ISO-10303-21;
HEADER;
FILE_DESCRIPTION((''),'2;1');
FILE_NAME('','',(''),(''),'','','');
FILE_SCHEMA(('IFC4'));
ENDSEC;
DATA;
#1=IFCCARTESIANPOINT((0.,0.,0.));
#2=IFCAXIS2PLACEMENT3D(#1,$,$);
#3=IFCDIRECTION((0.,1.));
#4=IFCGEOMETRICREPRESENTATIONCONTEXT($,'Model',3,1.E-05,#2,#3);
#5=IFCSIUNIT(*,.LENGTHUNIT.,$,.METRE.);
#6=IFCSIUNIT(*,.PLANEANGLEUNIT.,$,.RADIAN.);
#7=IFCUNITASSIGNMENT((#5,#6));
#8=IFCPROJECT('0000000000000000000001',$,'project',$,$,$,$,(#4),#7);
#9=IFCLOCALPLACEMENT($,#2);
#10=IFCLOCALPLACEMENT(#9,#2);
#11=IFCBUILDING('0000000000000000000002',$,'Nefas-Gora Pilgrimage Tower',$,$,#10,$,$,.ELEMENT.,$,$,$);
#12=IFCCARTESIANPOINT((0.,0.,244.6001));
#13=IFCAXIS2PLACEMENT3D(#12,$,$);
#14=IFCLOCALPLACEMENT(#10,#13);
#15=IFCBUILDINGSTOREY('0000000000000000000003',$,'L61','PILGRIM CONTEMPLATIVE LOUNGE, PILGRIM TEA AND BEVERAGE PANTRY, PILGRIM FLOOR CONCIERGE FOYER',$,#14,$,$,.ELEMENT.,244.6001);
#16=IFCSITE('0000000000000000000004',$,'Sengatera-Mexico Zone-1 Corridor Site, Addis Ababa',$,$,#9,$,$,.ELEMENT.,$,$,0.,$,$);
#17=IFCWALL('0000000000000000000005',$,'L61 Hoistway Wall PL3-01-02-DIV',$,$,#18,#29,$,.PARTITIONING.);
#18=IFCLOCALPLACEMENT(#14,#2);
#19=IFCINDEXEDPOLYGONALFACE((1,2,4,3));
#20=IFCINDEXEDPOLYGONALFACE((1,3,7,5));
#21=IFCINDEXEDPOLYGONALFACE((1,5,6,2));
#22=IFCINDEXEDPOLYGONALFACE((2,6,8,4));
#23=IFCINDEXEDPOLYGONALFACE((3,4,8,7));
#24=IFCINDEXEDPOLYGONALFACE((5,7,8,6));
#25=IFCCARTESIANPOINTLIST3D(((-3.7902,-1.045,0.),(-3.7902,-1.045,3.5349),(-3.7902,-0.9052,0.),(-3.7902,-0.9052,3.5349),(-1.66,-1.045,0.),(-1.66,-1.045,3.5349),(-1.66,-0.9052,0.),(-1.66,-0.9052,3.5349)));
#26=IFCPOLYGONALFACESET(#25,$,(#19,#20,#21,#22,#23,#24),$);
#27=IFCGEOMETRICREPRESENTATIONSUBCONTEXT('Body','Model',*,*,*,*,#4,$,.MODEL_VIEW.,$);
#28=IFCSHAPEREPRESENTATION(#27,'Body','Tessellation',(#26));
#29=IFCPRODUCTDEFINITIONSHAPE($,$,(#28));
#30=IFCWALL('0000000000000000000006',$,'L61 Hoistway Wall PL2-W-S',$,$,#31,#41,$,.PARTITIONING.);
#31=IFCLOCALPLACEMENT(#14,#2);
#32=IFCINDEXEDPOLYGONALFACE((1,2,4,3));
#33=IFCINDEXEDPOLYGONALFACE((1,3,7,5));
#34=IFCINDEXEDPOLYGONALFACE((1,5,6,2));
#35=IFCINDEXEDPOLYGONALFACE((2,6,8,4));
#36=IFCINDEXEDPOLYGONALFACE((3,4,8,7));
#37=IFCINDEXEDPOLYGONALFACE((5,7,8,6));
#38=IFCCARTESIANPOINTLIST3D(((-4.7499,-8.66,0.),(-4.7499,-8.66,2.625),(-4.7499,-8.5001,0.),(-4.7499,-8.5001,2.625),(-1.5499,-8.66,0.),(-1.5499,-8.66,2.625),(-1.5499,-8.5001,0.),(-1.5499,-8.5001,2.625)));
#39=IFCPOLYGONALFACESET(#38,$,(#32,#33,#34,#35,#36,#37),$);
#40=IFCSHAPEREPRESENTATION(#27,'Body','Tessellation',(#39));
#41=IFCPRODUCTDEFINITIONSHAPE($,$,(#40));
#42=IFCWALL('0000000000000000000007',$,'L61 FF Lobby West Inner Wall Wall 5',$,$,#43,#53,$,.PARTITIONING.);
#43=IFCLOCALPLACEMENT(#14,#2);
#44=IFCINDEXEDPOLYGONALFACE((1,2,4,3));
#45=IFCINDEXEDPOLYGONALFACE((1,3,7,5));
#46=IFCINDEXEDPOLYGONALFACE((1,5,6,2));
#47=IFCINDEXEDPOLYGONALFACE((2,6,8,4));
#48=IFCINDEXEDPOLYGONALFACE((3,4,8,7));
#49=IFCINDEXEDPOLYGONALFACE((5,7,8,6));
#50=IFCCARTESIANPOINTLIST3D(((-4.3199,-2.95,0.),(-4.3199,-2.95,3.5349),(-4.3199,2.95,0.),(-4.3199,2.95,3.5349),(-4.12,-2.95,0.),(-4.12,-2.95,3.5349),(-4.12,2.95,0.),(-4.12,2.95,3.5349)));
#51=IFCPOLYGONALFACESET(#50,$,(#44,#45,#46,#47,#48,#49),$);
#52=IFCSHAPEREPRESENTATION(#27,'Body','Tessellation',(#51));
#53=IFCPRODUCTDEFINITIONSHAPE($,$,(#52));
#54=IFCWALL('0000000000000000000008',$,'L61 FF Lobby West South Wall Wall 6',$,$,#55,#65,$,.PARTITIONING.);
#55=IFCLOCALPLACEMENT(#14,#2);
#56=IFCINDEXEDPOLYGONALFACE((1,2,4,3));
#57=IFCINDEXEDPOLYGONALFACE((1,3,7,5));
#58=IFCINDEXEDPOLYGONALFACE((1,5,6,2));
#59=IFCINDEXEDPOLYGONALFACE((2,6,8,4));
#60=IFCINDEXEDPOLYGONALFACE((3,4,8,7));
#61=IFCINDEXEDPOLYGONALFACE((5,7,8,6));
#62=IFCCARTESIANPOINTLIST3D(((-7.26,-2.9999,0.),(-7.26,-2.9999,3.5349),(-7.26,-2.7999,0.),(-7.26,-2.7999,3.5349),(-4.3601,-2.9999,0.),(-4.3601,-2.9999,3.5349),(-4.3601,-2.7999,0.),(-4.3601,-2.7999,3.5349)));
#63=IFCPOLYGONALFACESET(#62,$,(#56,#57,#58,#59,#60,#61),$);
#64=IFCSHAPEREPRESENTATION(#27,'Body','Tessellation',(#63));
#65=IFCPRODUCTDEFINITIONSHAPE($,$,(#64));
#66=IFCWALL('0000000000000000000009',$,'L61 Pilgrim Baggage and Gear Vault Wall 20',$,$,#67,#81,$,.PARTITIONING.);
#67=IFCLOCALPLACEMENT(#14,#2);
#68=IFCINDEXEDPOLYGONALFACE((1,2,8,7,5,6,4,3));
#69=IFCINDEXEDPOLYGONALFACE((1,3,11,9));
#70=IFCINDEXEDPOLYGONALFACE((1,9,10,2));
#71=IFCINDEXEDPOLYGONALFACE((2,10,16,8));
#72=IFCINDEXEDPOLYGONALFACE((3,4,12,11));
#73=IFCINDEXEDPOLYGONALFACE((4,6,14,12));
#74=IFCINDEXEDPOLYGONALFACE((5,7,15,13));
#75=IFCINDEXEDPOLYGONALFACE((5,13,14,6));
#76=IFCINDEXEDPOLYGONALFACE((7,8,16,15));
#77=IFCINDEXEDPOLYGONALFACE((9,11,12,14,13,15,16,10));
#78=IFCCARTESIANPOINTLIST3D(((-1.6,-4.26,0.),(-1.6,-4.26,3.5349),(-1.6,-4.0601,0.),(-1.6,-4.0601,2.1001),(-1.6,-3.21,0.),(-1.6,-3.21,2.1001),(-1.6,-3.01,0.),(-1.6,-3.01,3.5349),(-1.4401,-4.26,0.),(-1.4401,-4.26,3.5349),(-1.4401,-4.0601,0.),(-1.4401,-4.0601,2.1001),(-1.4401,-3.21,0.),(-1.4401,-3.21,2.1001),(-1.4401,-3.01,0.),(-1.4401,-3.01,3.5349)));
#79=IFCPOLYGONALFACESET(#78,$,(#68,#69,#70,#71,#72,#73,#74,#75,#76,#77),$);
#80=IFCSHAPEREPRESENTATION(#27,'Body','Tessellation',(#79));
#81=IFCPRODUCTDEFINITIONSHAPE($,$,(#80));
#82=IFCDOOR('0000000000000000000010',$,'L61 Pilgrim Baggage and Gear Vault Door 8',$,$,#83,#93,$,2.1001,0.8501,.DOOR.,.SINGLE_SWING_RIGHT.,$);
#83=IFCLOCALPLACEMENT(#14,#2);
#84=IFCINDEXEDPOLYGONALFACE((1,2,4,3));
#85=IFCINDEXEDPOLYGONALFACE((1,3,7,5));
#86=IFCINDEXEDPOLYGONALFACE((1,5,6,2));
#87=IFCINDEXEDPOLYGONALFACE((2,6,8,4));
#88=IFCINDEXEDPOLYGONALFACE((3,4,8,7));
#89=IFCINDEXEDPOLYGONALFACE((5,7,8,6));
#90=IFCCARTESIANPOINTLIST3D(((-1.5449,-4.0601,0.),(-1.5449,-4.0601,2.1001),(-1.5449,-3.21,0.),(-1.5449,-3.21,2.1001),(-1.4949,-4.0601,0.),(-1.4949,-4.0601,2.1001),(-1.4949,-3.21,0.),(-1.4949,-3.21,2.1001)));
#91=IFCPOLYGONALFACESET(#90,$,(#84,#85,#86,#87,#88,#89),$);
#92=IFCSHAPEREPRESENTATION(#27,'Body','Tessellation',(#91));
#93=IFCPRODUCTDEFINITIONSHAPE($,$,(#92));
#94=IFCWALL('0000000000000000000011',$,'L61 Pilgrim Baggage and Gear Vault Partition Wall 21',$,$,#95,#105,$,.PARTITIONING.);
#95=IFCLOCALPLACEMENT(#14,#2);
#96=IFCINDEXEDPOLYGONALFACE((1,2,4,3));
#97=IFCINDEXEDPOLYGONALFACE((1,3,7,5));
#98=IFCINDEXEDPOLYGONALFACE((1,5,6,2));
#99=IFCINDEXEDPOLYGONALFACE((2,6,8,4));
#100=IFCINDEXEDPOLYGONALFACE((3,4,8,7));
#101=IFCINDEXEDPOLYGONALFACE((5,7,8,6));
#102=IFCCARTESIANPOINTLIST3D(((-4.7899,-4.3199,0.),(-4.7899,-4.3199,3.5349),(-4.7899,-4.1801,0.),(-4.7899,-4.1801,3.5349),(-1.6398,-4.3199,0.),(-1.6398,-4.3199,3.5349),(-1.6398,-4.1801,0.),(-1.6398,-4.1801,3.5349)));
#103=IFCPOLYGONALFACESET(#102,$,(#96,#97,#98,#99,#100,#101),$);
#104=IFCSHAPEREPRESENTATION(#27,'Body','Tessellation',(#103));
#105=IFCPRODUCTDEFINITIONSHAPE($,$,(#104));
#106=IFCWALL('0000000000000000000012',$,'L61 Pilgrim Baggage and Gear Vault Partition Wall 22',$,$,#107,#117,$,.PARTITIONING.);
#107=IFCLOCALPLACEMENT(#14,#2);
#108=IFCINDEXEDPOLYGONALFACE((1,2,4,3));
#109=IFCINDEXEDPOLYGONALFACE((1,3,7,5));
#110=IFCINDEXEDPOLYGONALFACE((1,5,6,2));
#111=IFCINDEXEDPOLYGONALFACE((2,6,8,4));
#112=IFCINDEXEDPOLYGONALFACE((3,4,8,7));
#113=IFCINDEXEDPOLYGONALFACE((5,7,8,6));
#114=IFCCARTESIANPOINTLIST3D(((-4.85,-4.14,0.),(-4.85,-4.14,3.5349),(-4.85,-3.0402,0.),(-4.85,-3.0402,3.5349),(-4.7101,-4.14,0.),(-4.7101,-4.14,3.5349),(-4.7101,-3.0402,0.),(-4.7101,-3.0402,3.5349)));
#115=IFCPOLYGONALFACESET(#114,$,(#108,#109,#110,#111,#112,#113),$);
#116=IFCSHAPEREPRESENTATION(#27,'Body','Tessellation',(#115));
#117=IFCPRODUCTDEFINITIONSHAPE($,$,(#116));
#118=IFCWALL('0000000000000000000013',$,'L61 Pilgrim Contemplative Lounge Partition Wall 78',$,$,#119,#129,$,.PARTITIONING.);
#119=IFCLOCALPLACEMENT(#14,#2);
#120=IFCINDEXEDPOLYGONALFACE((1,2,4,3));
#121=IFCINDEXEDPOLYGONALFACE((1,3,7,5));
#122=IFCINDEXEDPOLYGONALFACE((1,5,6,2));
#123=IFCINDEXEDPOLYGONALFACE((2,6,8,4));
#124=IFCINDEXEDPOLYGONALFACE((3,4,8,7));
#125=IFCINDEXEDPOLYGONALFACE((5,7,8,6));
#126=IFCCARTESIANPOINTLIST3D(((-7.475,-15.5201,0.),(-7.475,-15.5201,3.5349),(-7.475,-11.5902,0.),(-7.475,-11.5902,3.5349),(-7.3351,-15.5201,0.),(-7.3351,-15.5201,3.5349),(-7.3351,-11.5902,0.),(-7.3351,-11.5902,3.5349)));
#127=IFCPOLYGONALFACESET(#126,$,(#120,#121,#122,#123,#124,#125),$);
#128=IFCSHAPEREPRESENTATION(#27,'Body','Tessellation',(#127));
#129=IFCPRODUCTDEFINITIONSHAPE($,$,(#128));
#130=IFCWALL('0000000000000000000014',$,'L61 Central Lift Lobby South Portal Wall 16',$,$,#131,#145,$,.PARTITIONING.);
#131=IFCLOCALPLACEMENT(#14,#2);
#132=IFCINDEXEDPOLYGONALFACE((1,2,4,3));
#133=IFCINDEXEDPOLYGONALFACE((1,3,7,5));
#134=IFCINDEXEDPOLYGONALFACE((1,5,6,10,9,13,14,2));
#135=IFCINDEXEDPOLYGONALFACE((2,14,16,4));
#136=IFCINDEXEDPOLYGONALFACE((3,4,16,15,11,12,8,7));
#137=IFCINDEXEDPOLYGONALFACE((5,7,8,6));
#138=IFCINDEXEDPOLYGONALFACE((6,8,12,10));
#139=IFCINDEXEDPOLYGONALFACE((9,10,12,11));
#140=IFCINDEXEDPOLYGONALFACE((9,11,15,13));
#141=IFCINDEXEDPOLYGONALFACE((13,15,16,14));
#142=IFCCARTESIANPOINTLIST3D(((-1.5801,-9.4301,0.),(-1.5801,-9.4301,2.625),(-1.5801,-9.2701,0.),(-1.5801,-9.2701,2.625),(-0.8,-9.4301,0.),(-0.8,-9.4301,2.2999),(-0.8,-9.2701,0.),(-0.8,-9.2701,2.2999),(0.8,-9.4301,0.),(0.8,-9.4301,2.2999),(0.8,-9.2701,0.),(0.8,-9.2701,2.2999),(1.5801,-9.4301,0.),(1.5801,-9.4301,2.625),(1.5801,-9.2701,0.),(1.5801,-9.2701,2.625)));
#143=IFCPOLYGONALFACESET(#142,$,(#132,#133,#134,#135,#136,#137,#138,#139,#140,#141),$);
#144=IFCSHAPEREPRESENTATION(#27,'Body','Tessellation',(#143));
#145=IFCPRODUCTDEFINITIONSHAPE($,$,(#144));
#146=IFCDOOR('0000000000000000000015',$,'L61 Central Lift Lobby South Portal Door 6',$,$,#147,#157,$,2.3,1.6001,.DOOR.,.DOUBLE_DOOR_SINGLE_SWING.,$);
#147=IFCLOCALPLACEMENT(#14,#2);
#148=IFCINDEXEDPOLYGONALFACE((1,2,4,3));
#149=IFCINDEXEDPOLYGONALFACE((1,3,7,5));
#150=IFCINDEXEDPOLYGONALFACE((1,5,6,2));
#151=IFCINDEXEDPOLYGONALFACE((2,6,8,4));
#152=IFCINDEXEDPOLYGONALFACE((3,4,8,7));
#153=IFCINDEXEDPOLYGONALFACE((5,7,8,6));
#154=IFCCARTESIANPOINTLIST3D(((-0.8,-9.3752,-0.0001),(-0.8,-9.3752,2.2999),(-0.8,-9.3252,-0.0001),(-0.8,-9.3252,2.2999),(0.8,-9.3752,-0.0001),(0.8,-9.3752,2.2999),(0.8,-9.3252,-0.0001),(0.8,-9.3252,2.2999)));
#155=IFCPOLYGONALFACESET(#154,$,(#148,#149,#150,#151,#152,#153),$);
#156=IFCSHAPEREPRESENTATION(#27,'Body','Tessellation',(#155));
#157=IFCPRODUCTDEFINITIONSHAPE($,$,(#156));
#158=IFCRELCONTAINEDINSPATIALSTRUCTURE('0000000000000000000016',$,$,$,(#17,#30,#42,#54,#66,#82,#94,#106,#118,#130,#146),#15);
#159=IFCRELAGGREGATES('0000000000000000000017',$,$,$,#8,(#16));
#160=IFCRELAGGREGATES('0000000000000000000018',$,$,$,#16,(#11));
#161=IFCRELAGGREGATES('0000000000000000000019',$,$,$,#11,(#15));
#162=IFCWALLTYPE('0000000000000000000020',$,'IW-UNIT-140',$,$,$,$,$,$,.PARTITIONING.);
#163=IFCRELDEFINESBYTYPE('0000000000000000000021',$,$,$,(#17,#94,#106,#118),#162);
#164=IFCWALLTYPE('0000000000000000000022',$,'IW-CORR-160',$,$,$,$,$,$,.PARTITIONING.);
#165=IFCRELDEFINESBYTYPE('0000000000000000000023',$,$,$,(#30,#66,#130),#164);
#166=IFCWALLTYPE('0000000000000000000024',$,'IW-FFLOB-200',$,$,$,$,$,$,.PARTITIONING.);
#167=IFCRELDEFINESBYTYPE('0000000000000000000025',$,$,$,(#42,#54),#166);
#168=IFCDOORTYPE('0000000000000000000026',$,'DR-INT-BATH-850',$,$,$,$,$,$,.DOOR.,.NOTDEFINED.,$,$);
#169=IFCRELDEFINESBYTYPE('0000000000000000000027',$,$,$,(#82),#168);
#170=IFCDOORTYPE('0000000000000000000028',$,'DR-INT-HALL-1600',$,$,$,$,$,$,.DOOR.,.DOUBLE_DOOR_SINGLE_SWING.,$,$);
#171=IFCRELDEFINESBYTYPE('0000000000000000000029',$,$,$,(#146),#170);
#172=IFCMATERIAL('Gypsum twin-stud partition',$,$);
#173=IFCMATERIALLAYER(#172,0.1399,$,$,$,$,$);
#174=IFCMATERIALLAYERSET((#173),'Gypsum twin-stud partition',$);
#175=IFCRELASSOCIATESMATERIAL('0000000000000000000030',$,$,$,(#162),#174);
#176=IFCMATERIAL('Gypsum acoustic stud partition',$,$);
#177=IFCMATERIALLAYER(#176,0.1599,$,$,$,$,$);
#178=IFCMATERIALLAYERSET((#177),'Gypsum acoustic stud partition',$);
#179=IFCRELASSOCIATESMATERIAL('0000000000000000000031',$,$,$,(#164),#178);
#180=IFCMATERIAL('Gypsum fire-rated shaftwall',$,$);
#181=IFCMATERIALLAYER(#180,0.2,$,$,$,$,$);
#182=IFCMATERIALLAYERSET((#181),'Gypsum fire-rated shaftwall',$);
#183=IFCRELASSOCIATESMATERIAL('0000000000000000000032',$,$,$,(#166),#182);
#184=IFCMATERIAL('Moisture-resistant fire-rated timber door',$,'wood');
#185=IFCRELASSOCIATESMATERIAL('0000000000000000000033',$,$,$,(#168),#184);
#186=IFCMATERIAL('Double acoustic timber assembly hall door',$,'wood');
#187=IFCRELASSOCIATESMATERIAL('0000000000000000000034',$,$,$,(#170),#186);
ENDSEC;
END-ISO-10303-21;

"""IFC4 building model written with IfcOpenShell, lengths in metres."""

from ifc_helpers import new_model, si_unit, direction, frame, frame_2d, origin, place, context, subcontext, project, spatial, rectangle, extrude, source, transform, mapped, material, layer, layer_set, type_object, element, fill, save


model = new_model("IFC4")

# Units and contexts
model_context = context("Model", 3, precision=1e-05, world=origin(), true_north=direction((0.0, 1.0)))
body_context = subcontext(model_context, "Body", "Model", "MODEL_VIEW")
ifc_project = project(units=[si_unit("LENGTHUNIT", "METRE"), si_unit("PLANEANGLEUNIT", "RADIAN")], contexts=[model_context])

# Site, building, storey
site_placement = place(None, origin())
site = spatial("IfcSite", under=ifc_project, at=site_placement, Name="Sengatera-Mexico Zone-1 Corridor Site, Addis Ababa", CompositionType="ELEMENT", RefElevation=0.0)
building_placement = place(site_placement, origin())
building = spatial("IfcBuilding", under=site, at=building_placement, Name="Nefas-Gora Pilgrimage Tower", CompositionType="ELEMENT")
storey_placement = place(building_placement, frame((0.0, 0.0, 244.6001)))
storey = spatial("IfcBuildingStorey", under=building, at=storey_placement, Name="L61", Description="PILGRIM CONTEMPLATIVE LOUNGE, PILGRIM TEA AND BEVERAGE PANTRY, PILGRIM FLOOR CONCIERGE FOYER", CompositionType="ELEMENT", Elevation=244.6001)

# Walls
ifc_material_1 = material(Name="Gypsum twin-stud partition")
ifc_layer_1 = layer(ifc_material_1, 0.1399)
ifc_layer_set_1 = layer_set([ifc_layer_1], Name="Gypsum twin-stud partition")
wall_type_1 = type_object("IfcWallType", Name="IW-UNIT-140", PredefinedType="PARTITIONING", material=ifc_layer_set_1)
shared_shape_1 = source(origin(), body_context, "Body", "SweptSolid", [
    extrude(rectangle(XDim=2.1301, YDim=0.1399, at=frame_2d((1.0649, 0.0))), origin(), (0.0, 0.0, 1.0), 3.5349),
])
wall_1_placement = place(storey_placement, frame((-3.79, -0.9751, 0.0), z_axis=(0.0, 0.0, 1.0), x_axis=(1.0, 0.0, 0.0)))
element("IfcWall", 1, at=wall_1_placement, inside=storey, type_object=wall_type_1, Name="L61 Hoistway Wall PL3-01-02-DIV", PredefinedType="PARTITIONING", context=body_context, shape_type="MappedRepresentation", body=[
    mapped(shared_shape_1, transform((0.0, 0.0, 0.0), x_axis=(1.0, 0.0, 0.0), y_axis=(0.0, 1.0, 0.0), z_axis=(0.0, 0.0, 1.0), scale=1.0)),
])
ifc_material_2 = material(Name="Gypsum acoustic stud partition")
ifc_layer_2 = layer(ifc_material_2, 0.1599)
ifc_layer_set_2 = layer_set([ifc_layer_2], Name="Gypsum acoustic stud partition")
wall_type_2 = type_object("IfcWallType", Name="IW-CORR-160", PredefinedType="PARTITIONING", material=ifc_layer_set_2)
shared_shape_2 = source(origin(), body_context, "Body", "SweptSolid", [
    extrude(rectangle(XDim=3.2, YDim=0.1599, at=frame_2d((1.6001, 0.0))), origin(), (0.0, 0.0, 1.0), 2.625),
])
wall_2_placement = place(storey_placement, frame((-4.75, -8.5801, 0.0), z_axis=(0.0, 0.0, 1.0), x_axis=(1.0, 0.0, 0.0)))
element("IfcWall", 2, at=wall_2_placement, inside=storey, type_object=wall_type_2, Name="L61 Hoistway Wall PL2-W-S", PredefinedType="PARTITIONING", context=body_context, shape_type="MappedRepresentation", body=[
    mapped(shared_shape_2, transform((0.0, 0.0, 0.0), x_axis=(1.0, 0.0, 0.0), y_axis=(0.0, 1.0, 0.0), z_axis=(0.0, 0.0, 1.0), scale=1.0)),
])
ifc_material_3 = material(Name="Gypsum fire-rated shaftwall")
ifc_layer_3 = layer(ifc_material_3, 0.2)
ifc_layer_set_3 = layer_set([ifc_layer_3], Name="Gypsum fire-rated shaftwall")
wall_type_3 = type_object("IfcWallType", Name="IW-FFLOB-200", PredefinedType="PARTITIONING", material=ifc_layer_set_3)
shared_shape_3 = source(origin(), body_context, "Body", "SweptSolid", [
    extrude(rectangle(XDim=5.8999, YDim=0.2, at=frame_2d((2.95, 0.0))), origin(), (0.0, 0.0, 1.0), 3.5349),
])
wall_3_placement = place(storey_placement, frame((-4.22, -2.95, 0.0), z_axis=(0.0, 0.0, 1.0), x_axis=(0.0, 1.0, 0.0)))
element("IfcWall", 3, at=wall_3_placement, inside=storey, type_object=wall_type_3, Name="L61 FF Lobby West Inner Wall Wall 5", PredefinedType="PARTITIONING", context=body_context, shape_type="MappedRepresentation", body=[
    mapped(shared_shape_3, transform((0.0, 0.0, 0.0), x_axis=(1.0, 0.0, 0.0), y_axis=(0.0, 1.0, 0.0), z_axis=(0.0, 0.0, 1.0), scale=1.0)),
])
shared_shape_4 = source(origin(), body_context, "Body", "SweptSolid", [
    extrude(rectangle(XDim=2.8999, YDim=0.2, at=frame_2d((1.45, 0.0))), origin(), (0.0, 0.0, 1.0), 3.5349),
])
wall_4_placement = place(storey_placement, frame((-7.26, -2.8999, 0.0), z_axis=(0.0, 0.0, 1.0), x_axis=(1.0, 0.0, 0.0)))
element("IfcWall", 4, at=wall_4_placement, inside=storey, type_object=wall_type_3, Name="L61 FF Lobby West South Wall Wall 6", PredefinedType="PARTITIONING", context=body_context, shape_type="MappedRepresentation", body=[
    mapped(shared_shape_4, transform((0.0, 0.0, 0.0), x_axis=(1.0, 0.0, 0.0), y_axis=(0.0, 1.0, 0.0), z_axis=(0.0, 0.0, 1.0), scale=1.0)),
])

# Wall, opening, door
shared_shape_5 = source(origin(), body_context, "Body", "SweptSolid", [
    extrude(rectangle(XDim=1.25, YDim=0.1599, at=frame_2d((0.625, 0.0))), origin(), (0.0, 0.0, 1.0), 3.5349),
])
wall_5_placement = place(storey_placement, frame((-1.52, -4.26, 0.0), z_axis=(0.0, 0.0, 1.0), x_axis=(0.0, 1.0, 0.0)))
wall_5 = element("IfcWall", 5, at=wall_5_placement, inside=storey, type_object=wall_type_2, Name="L61 Pilgrim Baggage and Gear Vault Wall 20", PredefinedType="PARTITIONING", context=body_context, shape_type="MappedRepresentation", body=[
    mapped(shared_shape_5, transform((0.0, 0.0, 0.0), x_axis=(1.0, 0.0, 0.0), y_axis=(0.0, 1.0, 0.0), z_axis=(0.0, 0.0, 1.0), scale=1.0)),
])
opening_1_placement = place(wall_5_placement, frame((0.2, 0.0, 0.0)))
opening_1 = element("IfcOpeningElement", 6, at=opening_1_placement, cuts=wall_5, PredefinedType="OPENING", context=body_context, shape_type="SweptSolid", body=[
    extrude(rectangle(XDim=0.8501, YDim=2.1001, at=frame_2d((0.425, 1.05))), frame((0.0, 0.0898, 0.0), z_axis=(0.0, -1.0, 0.0), x_axis=(1.0, 0.0, 0.0)), (0.0, 0.0, 1.0), 0.1799),
])
ifc_material_4 = material(Name="Moisture-resistant fire-rated timber door", Category="wood")
door_type_1 = type_object("IfcDoorType", Name="DR-INT-BATH-850", OperationType="NOTDEFINED", PredefinedType="DOOR", material=ifc_material_4)
shared_shape_6 = source(origin(), body_context, "Body", "SweptSolid", [
    extrude(rectangle(XDim=0.8501, YDim=2.1001, at=frame_2d((0.425, 1.05))), frame((0.0, 0.0249, 0.0), z_axis=(0.0, -1.0, 0.0), x_axis=(1.0, 0.0, 0.0)), (0.0, 0.0, 1.0), 0.05),
])
door_1_placement = place(opening_1_placement, origin())
door_1 = element("IfcDoor", 7, at=door_1_placement, inside=storey, type_object=door_type_1, Name="L61 Pilgrim Baggage and Gear Vault Door 8", OperationType="SINGLE_SWING_RIGHT", OverallHeight=2.1001, OverallWidth=0.8501, PredefinedType="DOOR", context=body_context, shape_type="MappedRepresentation", body=[
    mapped(shared_shape_6, transform((0.0, 0.0, 0.0), x_axis=(1.0, 0.0, 0.0), y_axis=(0.0, 1.0, 0.0), z_axis=(0.0, 0.0, 1.0), scale=1.0)),
])
fill(opening_1, door_1)

# Walls
shared_shape_7 = source(origin(), body_context, "Body", "SweptSolid", [
    extrude(rectangle(XDim=3.1501, YDim=0.1399, at=frame_2d((1.5752, 0.0))), origin(), (0.0, 0.0, 1.0), 3.5349),
])
wall_6_placement = place(storey_placement, frame((-4.79, -4.25, 0.0), z_axis=(0.0, 0.0, 1.0), x_axis=(1.0, 0.0, 0.0)))
element("IfcWall", 8, at=wall_6_placement, inside=storey, type_object=wall_type_1, Name="L61 Pilgrim Baggage and Gear Vault Partition Wall 21", PredefinedType="PARTITIONING", context=body_context, shape_type="MappedRepresentation", body=[
    mapped(shared_shape_7, transform((0.0, 0.0, 0.0), x_axis=(1.0, 0.0, 0.0), y_axis=(0.0, 1.0, 0.0), z_axis=(0.0, 0.0, 1.0), scale=1.0)),
])
shared_shape_8 = source(origin(), body_context, "Body", "SweptSolid", [
    extrude(rectangle(XDim=1.0999, YDim=0.1399, at=frame_2d((0.5498, 0.0))), origin(), (0.0, 0.0, 1.0), 3.5349),
])
wall_7_placement = place(storey_placement, frame((-4.78, -4.1399, 0.0), z_axis=(0.0, 0.0, 1.0), x_axis=(0.0, 1.0, 0.0)))
element("IfcWall", 9, at=wall_7_placement, inside=storey, type_object=wall_type_1, Name="L61 Pilgrim Baggage and Gear Vault Partition Wall 22", PredefinedType="PARTITIONING", context=body_context, shape_type="MappedRepresentation", body=[
    mapped(shared_shape_8, transform((0.0, 0.0, 0.0), x_axis=(1.0, 0.0, 0.0), y_axis=(0.0, 1.0, 0.0), z_axis=(0.0, 0.0, 1.0), scale=1.0)),
])
shared_shape_9 = source(origin(), body_context, "Body", "SweptSolid", [
    extrude(rectangle(XDim=3.9299, YDim=0.1399, at=frame_2d((1.9648, 0.0))), origin(), (0.0, 0.0, 1.0), 3.5349),
])
wall_8_placement = place(storey_placement, frame((-7.405, -15.52, 0.0), z_axis=(0.0, 0.0, 1.0), x_axis=(0.0, 1.0, 0.0)))
element("IfcWall", 10, at=wall_8_placement, inside=storey, type_object=wall_type_1, Name="L61 Pilgrim Contemplative Lounge Partition Wall 78", PredefinedType="PARTITIONING", context=body_context, shape_type="MappedRepresentation", body=[
    mapped(shared_shape_9, transform((0.0, 0.0, 0.0), x_axis=(1.0, 0.0, 0.0), y_axis=(0.0, 1.0, 0.0), z_axis=(0.0, 0.0, 1.0), scale=1.0)),
])

# Wall, opening, door
shared_shape_10 = source(origin(), body_context, "Body", "SweptSolid", [
    extrude(rectangle(XDim=3.1602, YDim=0.1599, at=frame_2d((1.5801, 0.0))), origin(), (0.0, 0.0, 1.0), 2.625),
])
wall_9_placement = place(storey_placement, frame((-1.5801, -9.3501, 0.0), z_axis=(0.0, 0.0, 1.0), x_axis=(1.0, 0.0, 0.0)))
wall_9 = element("IfcWall", 11, at=wall_9_placement, inside=storey, type_object=wall_type_2, Name="L61 Central Lift Lobby South Portal Wall 16", PredefinedType="PARTITIONING", context=body_context, shape_type="MappedRepresentation", body=[
    mapped(shared_shape_10, transform((0.0, 0.0, 0.0), x_axis=(1.0, 0.0, 0.0), y_axis=(0.0, 1.0, 0.0), z_axis=(0.0, 0.0, 1.0), scale=1.0)),
])
opening_2_placement = place(wall_9_placement, frame((0.78, 0.0, 0.0)))
opening_2 = element("IfcOpeningElement", 12, at=opening_2_placement, cuts=wall_9, PredefinedType="OPENING", context=body_context, shape_type="SweptSolid", body=[
    extrude(rectangle(XDim=1.6001, YDim=2.3, at=frame_2d((0.8, 1.1499))), frame((0.0, 0.0898, 0.0), z_axis=(0.0, -1.0, 0.0), x_axis=(1.0, 0.0, 0.0)), (0.0, 0.0, 1.0), 0.1799),
])
ifc_material_5 = material(Name="Double acoustic timber assembly hall door", Category="wood")
door_type_2 = type_object("IfcDoorType", Name="DR-INT-HALL-1600", OperationType="DOUBLE_DOOR_SINGLE_SWING", PredefinedType="DOOR", material=ifc_material_5)
shared_shape_11 = source(origin(), body_context, "Body", "SweptSolid", [
    extrude(rectangle(XDim=1.6001, YDim=2.3, at=frame_2d((0.8, 1.1499))), frame((0.0, 0.0249, 0.0), z_axis=(0.0, -1.0, 0.0), x_axis=(1.0, 0.0, 0.0)), (0.0, 0.0, 1.0), 0.05),
])
door_2_placement = place(opening_2_placement, origin())
door_2 = element("IfcDoor", 13, at=door_2_placement, inside=storey, type_object=door_type_2, Name="L61 Central Lift Lobby South Portal Door 6", OperationType="DOUBLE_DOOR_SINGLE_SWING", OverallHeight=2.3, OverallWidth=1.6001, PredefinedType="DOOR", context=body_context, shape_type="MappedRepresentation", body=[
    mapped(shared_shape_11, transform((0.0, 0.0, 0.0), x_axis=(1.0, 0.0, 0.0), y_axis=(0.0, 1.0, 0.0), z_axis=(0.0, 0.0, 1.0), scale=1.0)),
])
fill(opening_2, door_2)

save(model, "model.ifc")
